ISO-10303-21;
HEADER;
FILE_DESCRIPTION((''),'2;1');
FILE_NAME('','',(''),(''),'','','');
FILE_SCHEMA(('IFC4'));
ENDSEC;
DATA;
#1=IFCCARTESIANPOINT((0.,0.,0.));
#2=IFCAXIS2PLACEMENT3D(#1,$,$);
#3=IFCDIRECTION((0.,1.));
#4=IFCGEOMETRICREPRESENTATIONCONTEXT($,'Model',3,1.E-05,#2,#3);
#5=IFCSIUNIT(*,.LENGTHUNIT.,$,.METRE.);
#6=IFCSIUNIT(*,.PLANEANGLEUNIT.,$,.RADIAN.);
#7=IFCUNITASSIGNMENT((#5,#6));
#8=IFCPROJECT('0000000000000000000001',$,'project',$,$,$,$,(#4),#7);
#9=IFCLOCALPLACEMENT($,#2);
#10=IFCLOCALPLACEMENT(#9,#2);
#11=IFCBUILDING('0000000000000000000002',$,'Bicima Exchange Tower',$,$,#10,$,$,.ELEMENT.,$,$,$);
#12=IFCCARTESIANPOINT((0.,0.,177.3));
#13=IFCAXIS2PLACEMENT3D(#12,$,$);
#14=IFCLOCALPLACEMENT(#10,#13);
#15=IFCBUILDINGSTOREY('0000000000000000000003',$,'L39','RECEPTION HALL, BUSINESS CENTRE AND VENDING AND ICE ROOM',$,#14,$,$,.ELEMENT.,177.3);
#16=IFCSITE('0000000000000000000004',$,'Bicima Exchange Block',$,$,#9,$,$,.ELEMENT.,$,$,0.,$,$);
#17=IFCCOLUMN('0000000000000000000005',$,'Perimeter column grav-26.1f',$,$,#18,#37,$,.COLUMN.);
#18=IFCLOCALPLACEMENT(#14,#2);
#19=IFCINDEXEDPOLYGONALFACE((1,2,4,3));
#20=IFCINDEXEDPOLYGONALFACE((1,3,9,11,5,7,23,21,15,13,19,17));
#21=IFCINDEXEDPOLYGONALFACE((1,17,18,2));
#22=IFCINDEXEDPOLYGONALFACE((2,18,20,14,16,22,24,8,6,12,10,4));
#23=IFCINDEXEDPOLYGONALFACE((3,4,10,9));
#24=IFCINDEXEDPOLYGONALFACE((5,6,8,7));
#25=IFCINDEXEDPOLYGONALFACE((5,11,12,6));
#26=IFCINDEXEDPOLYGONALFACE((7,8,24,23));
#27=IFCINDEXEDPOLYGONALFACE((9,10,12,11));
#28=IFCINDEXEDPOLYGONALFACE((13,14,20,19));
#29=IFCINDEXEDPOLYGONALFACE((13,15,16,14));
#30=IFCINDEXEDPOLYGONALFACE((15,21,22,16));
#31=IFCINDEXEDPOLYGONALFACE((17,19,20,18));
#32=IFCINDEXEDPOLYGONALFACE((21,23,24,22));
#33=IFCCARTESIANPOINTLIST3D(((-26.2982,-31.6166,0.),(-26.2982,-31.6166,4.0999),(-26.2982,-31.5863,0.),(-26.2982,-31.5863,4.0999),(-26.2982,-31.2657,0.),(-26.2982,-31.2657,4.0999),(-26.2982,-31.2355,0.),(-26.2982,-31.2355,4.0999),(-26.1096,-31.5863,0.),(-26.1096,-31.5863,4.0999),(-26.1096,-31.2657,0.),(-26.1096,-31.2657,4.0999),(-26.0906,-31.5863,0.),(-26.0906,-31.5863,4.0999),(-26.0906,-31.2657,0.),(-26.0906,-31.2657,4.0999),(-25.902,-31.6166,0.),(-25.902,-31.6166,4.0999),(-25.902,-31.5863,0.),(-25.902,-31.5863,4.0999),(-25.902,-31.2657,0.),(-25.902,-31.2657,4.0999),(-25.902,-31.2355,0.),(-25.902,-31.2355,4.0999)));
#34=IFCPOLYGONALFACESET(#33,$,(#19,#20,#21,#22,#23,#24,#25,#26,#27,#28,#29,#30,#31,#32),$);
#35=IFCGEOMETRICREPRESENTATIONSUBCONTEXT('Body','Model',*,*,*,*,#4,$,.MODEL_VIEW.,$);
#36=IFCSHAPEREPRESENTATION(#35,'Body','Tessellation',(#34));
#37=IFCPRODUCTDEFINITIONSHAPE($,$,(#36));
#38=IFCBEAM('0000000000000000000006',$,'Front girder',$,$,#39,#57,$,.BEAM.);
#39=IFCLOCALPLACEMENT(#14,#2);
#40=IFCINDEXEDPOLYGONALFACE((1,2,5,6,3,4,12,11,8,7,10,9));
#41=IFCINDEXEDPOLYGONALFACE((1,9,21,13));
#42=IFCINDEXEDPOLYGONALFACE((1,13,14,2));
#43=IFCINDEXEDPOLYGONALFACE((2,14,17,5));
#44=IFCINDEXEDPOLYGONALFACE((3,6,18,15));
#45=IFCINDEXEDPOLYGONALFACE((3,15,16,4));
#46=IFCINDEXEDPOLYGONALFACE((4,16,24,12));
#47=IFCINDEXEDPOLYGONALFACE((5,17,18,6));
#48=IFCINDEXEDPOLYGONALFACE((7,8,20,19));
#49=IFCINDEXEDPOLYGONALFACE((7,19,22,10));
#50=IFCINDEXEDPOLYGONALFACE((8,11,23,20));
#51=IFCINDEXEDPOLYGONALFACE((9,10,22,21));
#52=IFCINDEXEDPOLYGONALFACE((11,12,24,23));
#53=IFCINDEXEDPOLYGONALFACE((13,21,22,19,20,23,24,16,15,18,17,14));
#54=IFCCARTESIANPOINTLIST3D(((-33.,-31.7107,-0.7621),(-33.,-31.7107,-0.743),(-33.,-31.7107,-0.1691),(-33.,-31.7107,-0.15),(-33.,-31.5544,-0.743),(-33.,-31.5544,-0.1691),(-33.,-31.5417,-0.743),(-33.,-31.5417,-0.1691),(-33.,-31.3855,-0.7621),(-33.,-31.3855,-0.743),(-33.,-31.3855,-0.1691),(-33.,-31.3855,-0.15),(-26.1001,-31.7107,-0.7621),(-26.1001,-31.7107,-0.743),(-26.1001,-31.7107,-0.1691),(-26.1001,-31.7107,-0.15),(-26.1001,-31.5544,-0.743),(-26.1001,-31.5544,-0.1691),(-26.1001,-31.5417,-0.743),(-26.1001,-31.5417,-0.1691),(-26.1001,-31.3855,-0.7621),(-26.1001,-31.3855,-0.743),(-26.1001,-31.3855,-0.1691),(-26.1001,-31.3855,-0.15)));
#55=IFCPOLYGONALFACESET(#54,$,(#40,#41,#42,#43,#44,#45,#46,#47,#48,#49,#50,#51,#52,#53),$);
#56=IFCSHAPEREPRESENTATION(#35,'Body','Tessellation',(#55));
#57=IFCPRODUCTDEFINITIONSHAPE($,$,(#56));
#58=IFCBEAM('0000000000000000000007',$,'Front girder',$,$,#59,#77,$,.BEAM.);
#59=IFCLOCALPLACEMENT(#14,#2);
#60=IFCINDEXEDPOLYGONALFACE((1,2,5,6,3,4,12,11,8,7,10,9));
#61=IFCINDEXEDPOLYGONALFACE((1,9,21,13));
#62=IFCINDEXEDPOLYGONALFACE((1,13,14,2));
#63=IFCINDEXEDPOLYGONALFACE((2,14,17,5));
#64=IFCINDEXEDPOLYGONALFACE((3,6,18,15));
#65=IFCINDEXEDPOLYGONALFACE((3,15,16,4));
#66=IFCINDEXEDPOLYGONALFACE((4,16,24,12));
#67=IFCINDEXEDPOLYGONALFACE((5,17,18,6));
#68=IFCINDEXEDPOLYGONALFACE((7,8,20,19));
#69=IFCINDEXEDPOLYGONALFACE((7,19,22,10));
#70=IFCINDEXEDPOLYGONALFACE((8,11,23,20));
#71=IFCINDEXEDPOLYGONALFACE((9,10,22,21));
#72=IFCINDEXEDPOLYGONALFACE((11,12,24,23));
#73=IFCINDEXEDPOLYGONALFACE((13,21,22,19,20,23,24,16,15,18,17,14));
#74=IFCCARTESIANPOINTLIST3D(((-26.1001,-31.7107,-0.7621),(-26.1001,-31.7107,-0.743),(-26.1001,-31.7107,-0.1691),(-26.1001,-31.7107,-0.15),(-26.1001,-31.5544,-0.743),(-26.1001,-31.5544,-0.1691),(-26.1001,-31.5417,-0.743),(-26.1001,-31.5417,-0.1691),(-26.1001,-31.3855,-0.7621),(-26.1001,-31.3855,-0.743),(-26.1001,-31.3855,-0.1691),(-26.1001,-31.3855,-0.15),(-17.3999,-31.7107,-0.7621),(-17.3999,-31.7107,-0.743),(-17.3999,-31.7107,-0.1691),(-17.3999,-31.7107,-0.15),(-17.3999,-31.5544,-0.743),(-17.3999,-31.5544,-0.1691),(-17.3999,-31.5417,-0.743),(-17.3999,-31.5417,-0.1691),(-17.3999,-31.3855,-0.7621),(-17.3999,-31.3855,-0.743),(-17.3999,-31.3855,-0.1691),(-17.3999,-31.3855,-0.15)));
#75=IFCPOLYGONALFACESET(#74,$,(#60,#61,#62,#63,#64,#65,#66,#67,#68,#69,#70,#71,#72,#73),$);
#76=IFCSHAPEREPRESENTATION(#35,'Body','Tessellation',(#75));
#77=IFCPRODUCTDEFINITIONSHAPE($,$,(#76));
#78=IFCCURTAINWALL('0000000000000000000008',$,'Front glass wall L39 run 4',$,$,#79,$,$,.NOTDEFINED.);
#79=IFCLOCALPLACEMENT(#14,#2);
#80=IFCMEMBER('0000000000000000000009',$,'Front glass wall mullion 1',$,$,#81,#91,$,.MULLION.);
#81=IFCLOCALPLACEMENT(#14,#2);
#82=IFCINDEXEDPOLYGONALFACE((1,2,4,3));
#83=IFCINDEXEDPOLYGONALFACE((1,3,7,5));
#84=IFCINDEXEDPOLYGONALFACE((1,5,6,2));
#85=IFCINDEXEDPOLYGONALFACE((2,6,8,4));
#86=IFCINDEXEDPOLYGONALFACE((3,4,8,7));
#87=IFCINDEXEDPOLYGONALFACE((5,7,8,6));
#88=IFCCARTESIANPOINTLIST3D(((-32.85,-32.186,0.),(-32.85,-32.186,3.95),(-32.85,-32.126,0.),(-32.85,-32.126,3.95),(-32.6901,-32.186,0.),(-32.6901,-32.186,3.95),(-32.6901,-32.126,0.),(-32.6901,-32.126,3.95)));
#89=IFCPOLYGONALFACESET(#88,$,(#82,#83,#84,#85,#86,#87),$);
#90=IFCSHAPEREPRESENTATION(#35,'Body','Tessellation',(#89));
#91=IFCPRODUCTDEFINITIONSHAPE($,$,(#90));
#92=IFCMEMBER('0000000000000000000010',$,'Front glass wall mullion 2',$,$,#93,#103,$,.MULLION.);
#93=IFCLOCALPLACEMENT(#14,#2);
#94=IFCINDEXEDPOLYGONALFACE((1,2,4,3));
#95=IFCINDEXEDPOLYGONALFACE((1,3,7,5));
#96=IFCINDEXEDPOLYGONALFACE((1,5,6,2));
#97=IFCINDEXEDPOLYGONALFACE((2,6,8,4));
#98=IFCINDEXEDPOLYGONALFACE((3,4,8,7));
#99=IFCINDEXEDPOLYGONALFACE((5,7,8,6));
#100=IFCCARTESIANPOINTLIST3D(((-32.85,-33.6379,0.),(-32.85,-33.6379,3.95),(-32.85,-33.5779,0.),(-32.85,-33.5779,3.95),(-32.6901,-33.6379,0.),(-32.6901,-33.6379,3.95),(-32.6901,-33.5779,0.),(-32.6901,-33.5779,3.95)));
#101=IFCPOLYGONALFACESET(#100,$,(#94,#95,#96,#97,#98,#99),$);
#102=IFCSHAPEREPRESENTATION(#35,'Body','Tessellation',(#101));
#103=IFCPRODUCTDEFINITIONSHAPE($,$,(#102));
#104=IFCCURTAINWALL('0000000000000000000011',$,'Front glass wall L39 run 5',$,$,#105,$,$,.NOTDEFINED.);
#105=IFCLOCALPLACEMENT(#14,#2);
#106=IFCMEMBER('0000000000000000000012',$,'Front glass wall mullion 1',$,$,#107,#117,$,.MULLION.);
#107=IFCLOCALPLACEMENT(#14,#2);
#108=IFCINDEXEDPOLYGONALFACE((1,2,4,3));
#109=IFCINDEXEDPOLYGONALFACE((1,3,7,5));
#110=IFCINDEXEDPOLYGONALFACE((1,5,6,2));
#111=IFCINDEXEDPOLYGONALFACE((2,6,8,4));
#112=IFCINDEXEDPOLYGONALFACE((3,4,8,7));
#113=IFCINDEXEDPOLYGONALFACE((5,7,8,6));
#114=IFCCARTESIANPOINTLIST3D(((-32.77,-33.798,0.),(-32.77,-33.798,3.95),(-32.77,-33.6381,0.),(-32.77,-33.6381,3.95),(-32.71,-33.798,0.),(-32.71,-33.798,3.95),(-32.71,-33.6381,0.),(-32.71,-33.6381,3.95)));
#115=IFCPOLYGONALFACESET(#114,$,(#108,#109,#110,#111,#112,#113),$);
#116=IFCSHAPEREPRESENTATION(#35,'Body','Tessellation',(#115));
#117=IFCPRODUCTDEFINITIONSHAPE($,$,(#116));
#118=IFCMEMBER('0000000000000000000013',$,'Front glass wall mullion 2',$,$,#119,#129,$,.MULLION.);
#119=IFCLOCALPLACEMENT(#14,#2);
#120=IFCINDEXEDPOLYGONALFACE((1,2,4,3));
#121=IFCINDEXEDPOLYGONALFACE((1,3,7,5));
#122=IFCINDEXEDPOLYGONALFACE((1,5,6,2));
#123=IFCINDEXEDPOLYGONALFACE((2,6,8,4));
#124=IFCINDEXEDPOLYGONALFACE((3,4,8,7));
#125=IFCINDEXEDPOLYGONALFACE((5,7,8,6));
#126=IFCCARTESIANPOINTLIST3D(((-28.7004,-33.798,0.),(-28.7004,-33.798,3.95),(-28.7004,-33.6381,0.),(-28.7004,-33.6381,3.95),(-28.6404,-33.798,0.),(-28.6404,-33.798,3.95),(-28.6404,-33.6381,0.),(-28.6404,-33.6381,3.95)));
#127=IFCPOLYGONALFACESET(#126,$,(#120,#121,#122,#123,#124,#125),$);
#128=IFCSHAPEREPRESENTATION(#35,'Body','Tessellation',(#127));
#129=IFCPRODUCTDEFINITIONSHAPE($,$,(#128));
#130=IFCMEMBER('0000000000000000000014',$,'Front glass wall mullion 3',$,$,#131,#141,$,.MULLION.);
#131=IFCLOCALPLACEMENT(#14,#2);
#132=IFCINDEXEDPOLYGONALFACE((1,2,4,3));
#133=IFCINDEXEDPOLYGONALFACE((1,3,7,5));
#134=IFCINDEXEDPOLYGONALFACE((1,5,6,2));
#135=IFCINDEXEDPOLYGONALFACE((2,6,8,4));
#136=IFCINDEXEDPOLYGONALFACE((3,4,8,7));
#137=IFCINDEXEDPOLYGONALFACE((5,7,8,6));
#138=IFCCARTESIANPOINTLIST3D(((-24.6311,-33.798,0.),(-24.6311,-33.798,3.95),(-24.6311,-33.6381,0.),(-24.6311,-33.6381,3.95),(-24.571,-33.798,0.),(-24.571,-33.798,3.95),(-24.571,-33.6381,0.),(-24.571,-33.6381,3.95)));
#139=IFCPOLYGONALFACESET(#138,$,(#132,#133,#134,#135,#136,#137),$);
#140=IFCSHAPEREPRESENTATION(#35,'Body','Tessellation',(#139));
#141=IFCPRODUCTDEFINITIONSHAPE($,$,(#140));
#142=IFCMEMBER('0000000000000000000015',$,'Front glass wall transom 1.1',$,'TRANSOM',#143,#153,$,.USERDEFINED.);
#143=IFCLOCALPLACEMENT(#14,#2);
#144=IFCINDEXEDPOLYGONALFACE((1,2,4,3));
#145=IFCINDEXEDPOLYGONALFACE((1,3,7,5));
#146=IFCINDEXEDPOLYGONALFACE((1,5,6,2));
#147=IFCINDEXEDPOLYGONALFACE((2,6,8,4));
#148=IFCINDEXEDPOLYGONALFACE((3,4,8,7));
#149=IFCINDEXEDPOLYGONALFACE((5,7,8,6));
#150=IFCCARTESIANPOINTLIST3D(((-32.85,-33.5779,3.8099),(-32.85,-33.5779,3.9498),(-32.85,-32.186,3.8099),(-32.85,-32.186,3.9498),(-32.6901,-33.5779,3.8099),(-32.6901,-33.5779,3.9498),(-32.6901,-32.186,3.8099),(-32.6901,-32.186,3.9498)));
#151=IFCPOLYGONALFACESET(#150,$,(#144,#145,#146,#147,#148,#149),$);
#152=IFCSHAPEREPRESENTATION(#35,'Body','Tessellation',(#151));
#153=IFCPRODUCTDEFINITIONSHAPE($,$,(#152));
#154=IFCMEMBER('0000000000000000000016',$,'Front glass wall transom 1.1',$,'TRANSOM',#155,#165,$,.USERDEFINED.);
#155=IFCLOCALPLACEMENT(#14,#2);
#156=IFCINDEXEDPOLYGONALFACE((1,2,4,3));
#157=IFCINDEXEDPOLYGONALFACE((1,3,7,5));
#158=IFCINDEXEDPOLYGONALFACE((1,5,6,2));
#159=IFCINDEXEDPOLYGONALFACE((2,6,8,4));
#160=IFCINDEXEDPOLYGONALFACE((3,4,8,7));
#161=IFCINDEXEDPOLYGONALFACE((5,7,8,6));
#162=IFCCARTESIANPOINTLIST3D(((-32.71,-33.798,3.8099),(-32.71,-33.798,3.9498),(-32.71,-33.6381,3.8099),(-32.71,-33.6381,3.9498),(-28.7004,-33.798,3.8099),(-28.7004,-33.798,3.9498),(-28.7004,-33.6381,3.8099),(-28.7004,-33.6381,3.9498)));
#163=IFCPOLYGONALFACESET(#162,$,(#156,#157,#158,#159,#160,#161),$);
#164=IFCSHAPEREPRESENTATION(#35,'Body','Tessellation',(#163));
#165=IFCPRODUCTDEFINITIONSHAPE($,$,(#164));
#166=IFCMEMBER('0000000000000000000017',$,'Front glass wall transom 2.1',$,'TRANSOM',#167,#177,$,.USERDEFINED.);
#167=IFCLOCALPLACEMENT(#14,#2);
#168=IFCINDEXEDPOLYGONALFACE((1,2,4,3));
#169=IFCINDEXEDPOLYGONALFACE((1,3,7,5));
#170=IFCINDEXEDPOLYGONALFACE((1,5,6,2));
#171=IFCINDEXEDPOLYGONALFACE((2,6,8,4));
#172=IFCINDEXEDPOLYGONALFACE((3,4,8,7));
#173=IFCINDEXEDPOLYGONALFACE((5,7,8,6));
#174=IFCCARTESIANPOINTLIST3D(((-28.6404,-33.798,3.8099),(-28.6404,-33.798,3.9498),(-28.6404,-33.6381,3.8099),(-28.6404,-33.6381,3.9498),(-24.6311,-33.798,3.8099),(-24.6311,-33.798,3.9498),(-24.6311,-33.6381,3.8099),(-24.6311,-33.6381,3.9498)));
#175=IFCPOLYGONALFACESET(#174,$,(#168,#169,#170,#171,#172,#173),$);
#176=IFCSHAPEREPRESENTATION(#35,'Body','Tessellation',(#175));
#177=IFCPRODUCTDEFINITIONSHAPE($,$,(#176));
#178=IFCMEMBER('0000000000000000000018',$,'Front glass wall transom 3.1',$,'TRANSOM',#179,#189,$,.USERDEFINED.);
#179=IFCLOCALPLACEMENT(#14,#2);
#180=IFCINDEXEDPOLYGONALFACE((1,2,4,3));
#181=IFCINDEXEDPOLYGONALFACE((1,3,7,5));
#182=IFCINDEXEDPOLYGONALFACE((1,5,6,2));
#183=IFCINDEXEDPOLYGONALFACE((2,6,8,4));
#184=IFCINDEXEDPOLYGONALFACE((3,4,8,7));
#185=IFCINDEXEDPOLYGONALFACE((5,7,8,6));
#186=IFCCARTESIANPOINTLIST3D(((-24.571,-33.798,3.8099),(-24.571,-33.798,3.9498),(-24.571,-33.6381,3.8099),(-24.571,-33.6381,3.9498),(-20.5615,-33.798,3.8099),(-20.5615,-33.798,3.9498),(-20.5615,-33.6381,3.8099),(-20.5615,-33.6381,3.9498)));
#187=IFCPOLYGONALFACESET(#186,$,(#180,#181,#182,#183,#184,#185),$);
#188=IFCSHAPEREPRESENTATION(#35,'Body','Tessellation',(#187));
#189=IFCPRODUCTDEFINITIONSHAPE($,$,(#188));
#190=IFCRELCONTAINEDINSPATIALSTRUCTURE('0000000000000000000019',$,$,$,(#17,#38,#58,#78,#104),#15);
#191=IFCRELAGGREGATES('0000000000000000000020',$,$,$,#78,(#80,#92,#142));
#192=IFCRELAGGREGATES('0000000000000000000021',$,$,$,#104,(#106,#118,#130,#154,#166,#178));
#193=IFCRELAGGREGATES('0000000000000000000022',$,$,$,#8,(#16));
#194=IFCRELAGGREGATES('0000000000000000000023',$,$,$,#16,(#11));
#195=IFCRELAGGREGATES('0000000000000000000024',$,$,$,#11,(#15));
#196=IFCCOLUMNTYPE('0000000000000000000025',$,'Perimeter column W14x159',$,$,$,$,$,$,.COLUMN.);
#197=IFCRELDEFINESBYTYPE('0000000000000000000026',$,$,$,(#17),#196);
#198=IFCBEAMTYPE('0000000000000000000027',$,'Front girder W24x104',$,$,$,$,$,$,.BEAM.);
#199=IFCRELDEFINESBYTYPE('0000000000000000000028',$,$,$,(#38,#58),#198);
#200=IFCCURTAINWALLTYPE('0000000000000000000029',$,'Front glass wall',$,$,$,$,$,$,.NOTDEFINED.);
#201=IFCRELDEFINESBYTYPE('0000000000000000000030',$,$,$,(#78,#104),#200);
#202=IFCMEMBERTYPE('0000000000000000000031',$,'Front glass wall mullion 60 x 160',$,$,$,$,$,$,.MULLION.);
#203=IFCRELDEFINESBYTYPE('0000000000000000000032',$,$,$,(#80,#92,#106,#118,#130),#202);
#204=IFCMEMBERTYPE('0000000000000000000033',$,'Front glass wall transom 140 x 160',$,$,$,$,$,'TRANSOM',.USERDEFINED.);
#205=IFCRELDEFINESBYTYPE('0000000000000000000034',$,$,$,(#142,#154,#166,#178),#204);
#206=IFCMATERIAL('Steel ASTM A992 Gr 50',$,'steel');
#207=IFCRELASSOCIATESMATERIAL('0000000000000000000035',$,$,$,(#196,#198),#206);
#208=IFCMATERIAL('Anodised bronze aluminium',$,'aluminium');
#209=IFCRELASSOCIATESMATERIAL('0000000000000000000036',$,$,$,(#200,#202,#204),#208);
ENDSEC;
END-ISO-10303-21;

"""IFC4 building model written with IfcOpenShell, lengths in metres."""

from ifc_helpers import new_model, si_unit, direction, frame, origin, origin_2d, place, context, subcontext, project, spatial, rectangle, i_section, extrude, material, material_profile, profile_set, type_object, element, aggregate, save


model = new_model("IFC4")

# Units and contexts
model_context = context("Model", 3, precision=1e-05, world=origin(), true_north=direction((0.0, 1.0)))
body_context = subcontext(model_context, "Body", "Model", "MODEL_VIEW")
ifc_project = project(units=[si_unit("LENGTHUNIT", "METRE"), si_unit("PLANEANGLEUNIT", "RADIAN")], contexts=[model_context])

# Site, building, storey
site_placement = place(None, origin())
site = spatial("IfcSite", under=ifc_project, at=site_placement, Name="Bicima Exchange Block", CompositionType="ELEMENT", RefElevation=0.0)
building_placement = place(site_placement, origin())
building = spatial("IfcBuilding", under=site, at=building_placement, Name="Bicima Exchange Tower", CompositionType="ELEMENT")
storey_placement = place(building_placement, frame((0.0, 0.0, 177.3)))
storey = spatial("IfcBuildingStorey", under=building, at=storey_placement, Name="L39", Description="RECEPTION HALL, BUSINESS CENTRE AND VENDING AND ICE ROOM", CompositionType="ELEMENT", Elevation=177.3)

# Column
ifc_material_1 = material(Name="Steel ASTM A992 Gr 50", Category="steel")
ifc_material_profile_1 = material_profile(ifc_material_1, i_section(OverallWidth=0.3962, OverallDepth=0.3811, WebThickness=0.019, FlangeThickness=0.0303, at=origin_2d()))
ifc_profile_set_1 = profile_set([ifc_material_profile_1], Name="Steel ASTM A992 Gr 50")
column_type = type_object("IfcColumnType", Name="Perimeter column W14x159", PredefinedType="COLUMN", material=ifc_profile_set_1)
column_placement = place(storey_placement, frame((-26.1001, -31.426, 0.0), z_axis=(0.0, 0.0, 1.0), x_axis=(1.0, 0.0, 0.0)))
element("IfcColumn", 1, at=column_placement, inside=storey, type_object=column_type, Name="Perimeter column grav-26.1f", PredefinedType="COLUMN", context=body_context, shape_type="SweptSolid", body=[
    extrude(i_section(OverallWidth=0.3962, OverallDepth=0.3811, WebThickness=0.019, FlangeThickness=0.0303, at=origin_2d()), origin(), (0.0, 0.0, 1.0), 4.0999),
])

# Beams
ifc_material_profile_2 = material_profile(ifc_material_1, i_section(OverallWidth=0.3252, OverallDepth=0.6121, WebThickness=0.0127, FlangeThickness=0.019, at=origin_2d()))
ifc_profile_set_2 = profile_set([ifc_material_profile_2], Name="Steel ASTM A992 Gr 50")
beam_type = type_object("IfcBeamType", Name="Front girder W24x104", PredefinedType="BEAM", material=ifc_profile_set_2)
beam_1_placement = place(storey_placement, frame((-33.0, -31.5481, -0.4561), z_axis=(1.0, 0.0, 0.0), x_axis=(0.0, 1.0, 0.0)))
element("IfcBeam", 2, at=beam_1_placement, inside=storey, type_object=beam_type, Name="Front girder", PredefinedType="BEAM", context=body_context, shape_type="SweptSolid", body=[
    extrude(i_section(OverallWidth=0.3252, OverallDepth=0.6121, WebThickness=0.0127, FlangeThickness=0.019, at=origin_2d()), origin(), (0.0, 0.0, 1.0), 6.8999),
])
beam_2_placement = place(storey_placement, frame((-26.1001, -31.5481, -0.4561), z_axis=(1.0, 0.0, 0.0), x_axis=(0.0, 1.0, 0.0)))
element("IfcBeam", 3, at=beam_2_placement, inside=storey, type_object=beam_type, Name="Front girder", PredefinedType="BEAM", context=body_context, shape_type="SweptSolid", body=[
    extrude(i_section(OverallWidth=0.3252, OverallDepth=0.6121, WebThickness=0.0127, FlangeThickness=0.019, at=origin_2d()), origin(), (0.0, 0.0, 1.0), 8.7002),
])

# Curtain walls, members
ifc_material_2 = material(Name="Anodised bronze aluminium", Category="aluminium")
curtain_wall_type = type_object("IfcCurtainWallType", Name="Front glass wall", PredefinedType="NOTDEFINED", material=ifc_material_2)
curtain_wall_1_placement = place(storey_placement, origin())
curtain_wall_1 = element("IfcCurtainWall", 4, at=curtain_wall_1_placement, inside=storey, type_object=curtain_wall_type, Name="Front glass wall L39 run 4", PredefinedType="NOTDEFINED")
ifc_material_profile_3 = material_profile(ifc_material_2, rectangle(XDim=0.1599, YDim=0.0601, at=origin_2d()))
ifc_profile_set_3 = profile_set([ifc_material_profile_3], Name="Anodised bronze aluminium")
member_type_1 = type_object("IfcMemberType", Name="Front glass wall mullion 60 x 160", PredefinedType="MULLION", material=ifc_profile_set_3)
member_1_placement = place(storey_placement, frame((-32.77, -32.156, 0.0), z_axis=(0.0, 0.0, 1.0), x_axis=(1.0, 0.0, 0.0)))
member_1 = element("IfcMember", 5, at=member_1_placement, type_object=member_type_1, Name="Front glass wall mullion 1", PredefinedType="MULLION", context=body_context, shape_type="SweptSolid", body=[
    extrude(rectangle(XDim=0.1599, YDim=0.0601, at=origin_2d()), origin(), (0.0, 0.0, 1.0), 3.95),
])
member_2_placement = place(storey_placement, frame((-32.77, -33.6079, 0.0), z_axis=(0.0, 0.0, 1.0), x_axis=(1.0, 0.0, 0.0)))
member_2 = element("IfcMember", 6, at=member_2_placement, type_object=member_type_1, Name="Front glass wall mullion 2", PredefinedType="MULLION", context=body_context, shape_type="SweptSolid", body=[
    extrude(rectangle(XDim=0.1599, YDim=0.0601, at=origin_2d()), origin(), (0.0, 0.0, 1.0), 3.95),
])
curtain_wall_2_placement = place(storey_placement, origin())
curtain_wall_2 = element("IfcCurtainWall", 7, at=curtain_wall_2_placement, inside=storey, type_object=curtain_wall_type, Name="Front glass wall L39 run 5", PredefinedType="NOTDEFINED")
member_3_placement = place(storey_placement, frame((-32.74, -33.718, 0.0), z_axis=(0.0, 0.0, 1.0), x_axis=(0.0, 1.0, 0.0)))
member_3 = element("IfcMember", 8, at=member_3_placement, type_object=member_type_1, Name="Front glass wall mullion 1", PredefinedType="MULLION", context=body_context, shape_type="SweptSolid", body=[
    extrude(rectangle(XDim=0.1599, YDim=0.0601, at=origin_2d()), origin(), (0.0, 0.0, 1.0), 3.95),
])
member_4_placement = place(storey_placement, frame((-28.6704, -33.718, 0.0), z_axis=(0.0, 0.0, 1.0), x_axis=(0.0, 1.0, 0.0)))
member_4 = element("IfcMember", 9, at=member_4_placement, type_object=member_type_1, Name="Front glass wall mullion 2", PredefinedType="MULLION", context=body_context, shape_type="SweptSolid", body=[
    extrude(rectangle(XDim=0.1599, YDim=0.0601, at=origin_2d()), origin(), (0.0, 0.0, 1.0), 3.95),
])
member_5_placement = place(storey_placement, frame((-24.6011, -33.718, 0.0), z_axis=(0.0, 0.0, 1.0), x_axis=(0.0, 1.0, 0.0)))
member_5 = element("IfcMember", 10, at=member_5_placement, type_object=member_type_1, Name="Front glass wall mullion 3", PredefinedType="MULLION", context=body_context, shape_type="SweptSolid", body=[
    extrude(rectangle(XDim=0.1599, YDim=0.0601, at=origin_2d()), origin(), (0.0, 0.0, 1.0), 3.95),
])

# Members
ifc_material_profile_4 = material_profile(ifc_material_2, rectangle(XDim=0.1599, YDim=0.1399, at=origin_2d()))
ifc_profile_set_4 = profile_set([ifc_material_profile_4], Name="Anodised bronze aluminium")
member_type_2 = type_object("IfcMemberType", Name="Front glass wall transom 140 x 160", ElementType="TRANSOM", PredefinedType="USERDEFINED", material=ifc_profile_set_4)
member_6_placement = place(storey_placement, frame((-32.77, -32.186, 3.8799), z_axis=(0.0, -1.0, 0.0), x_axis=(1.0, 0.0, 0.0)))
member_6 = element("IfcMember", 11, at=member_6_placement, type_object=member_type_2, Name="Front glass wall transom 1.1", ObjectType="TRANSOM", PredefinedType="USERDEFINED", context=body_context, shape_type="SweptSolid", body=[
    extrude(rectangle(XDim=0.1599, YDim=0.1399, at=origin_2d()), origin(), (0.0, 0.0, 1.0), 1.3918),
])
member_7_placement = place(storey_placement, frame((-32.71, -33.718, 3.8799), z_axis=(1.0, 0.0, 0.0), x_axis=(0.0, 1.0, 0.0)))
member_7 = element("IfcMember", 12, at=member_7_placement, type_object=member_type_2, Name="Front glass wall transom 1.1", ObjectType="TRANSOM", PredefinedType="USERDEFINED", context=body_context, shape_type="SweptSolid", body=[
    extrude(rectangle(XDim=0.1599, YDim=0.1399, at=origin_2d()), origin(), (0.0, 0.0, 1.0), 4.0095),
])
member_8_placement = place(storey_placement, frame((-28.6404, -33.718, 3.8799), z_axis=(1.0, 0.0, 0.0), x_axis=(0.0, 1.0, 0.0)))
member_8 = element("IfcMember", 13, at=member_8_placement, type_object=member_type_2, Name="Front glass wall transom 2.1", ObjectType="TRANSOM", PredefinedType="USERDEFINED", context=body_context, shape_type="SweptSolid", body=[
    extrude(rectangle(XDim=0.1599, YDim=0.1399, at=origin_2d()), origin(), (0.0, 0.0, 1.0), 4.0093),
])
member_9_placement = place(storey_placement, frame((-24.571, -33.718, 3.8799), z_axis=(1.0, 0.0, 0.0), x_axis=(0.0, 1.0, 0.0)))
member_9 = element("IfcMember", 14, at=member_9_placement, type_object=member_type_2, Name="Front glass wall transom 3.1", ObjectType="TRANSOM", PredefinedType="USERDEFINED", context=body_context, shape_type="SweptSolid", body=[
    extrude(rectangle(XDim=0.1599, YDim=0.1399, at=origin_2d()), origin(), (0.0, 0.0, 1.0), 4.0095),
])

aggregate(curtain_wall_1, [member_1, member_2, member_6])
aggregate(curtain_wall_2, [member_3, member_4, member_5, member_7, member_8, member_9])

save(model, "model.ifc")
